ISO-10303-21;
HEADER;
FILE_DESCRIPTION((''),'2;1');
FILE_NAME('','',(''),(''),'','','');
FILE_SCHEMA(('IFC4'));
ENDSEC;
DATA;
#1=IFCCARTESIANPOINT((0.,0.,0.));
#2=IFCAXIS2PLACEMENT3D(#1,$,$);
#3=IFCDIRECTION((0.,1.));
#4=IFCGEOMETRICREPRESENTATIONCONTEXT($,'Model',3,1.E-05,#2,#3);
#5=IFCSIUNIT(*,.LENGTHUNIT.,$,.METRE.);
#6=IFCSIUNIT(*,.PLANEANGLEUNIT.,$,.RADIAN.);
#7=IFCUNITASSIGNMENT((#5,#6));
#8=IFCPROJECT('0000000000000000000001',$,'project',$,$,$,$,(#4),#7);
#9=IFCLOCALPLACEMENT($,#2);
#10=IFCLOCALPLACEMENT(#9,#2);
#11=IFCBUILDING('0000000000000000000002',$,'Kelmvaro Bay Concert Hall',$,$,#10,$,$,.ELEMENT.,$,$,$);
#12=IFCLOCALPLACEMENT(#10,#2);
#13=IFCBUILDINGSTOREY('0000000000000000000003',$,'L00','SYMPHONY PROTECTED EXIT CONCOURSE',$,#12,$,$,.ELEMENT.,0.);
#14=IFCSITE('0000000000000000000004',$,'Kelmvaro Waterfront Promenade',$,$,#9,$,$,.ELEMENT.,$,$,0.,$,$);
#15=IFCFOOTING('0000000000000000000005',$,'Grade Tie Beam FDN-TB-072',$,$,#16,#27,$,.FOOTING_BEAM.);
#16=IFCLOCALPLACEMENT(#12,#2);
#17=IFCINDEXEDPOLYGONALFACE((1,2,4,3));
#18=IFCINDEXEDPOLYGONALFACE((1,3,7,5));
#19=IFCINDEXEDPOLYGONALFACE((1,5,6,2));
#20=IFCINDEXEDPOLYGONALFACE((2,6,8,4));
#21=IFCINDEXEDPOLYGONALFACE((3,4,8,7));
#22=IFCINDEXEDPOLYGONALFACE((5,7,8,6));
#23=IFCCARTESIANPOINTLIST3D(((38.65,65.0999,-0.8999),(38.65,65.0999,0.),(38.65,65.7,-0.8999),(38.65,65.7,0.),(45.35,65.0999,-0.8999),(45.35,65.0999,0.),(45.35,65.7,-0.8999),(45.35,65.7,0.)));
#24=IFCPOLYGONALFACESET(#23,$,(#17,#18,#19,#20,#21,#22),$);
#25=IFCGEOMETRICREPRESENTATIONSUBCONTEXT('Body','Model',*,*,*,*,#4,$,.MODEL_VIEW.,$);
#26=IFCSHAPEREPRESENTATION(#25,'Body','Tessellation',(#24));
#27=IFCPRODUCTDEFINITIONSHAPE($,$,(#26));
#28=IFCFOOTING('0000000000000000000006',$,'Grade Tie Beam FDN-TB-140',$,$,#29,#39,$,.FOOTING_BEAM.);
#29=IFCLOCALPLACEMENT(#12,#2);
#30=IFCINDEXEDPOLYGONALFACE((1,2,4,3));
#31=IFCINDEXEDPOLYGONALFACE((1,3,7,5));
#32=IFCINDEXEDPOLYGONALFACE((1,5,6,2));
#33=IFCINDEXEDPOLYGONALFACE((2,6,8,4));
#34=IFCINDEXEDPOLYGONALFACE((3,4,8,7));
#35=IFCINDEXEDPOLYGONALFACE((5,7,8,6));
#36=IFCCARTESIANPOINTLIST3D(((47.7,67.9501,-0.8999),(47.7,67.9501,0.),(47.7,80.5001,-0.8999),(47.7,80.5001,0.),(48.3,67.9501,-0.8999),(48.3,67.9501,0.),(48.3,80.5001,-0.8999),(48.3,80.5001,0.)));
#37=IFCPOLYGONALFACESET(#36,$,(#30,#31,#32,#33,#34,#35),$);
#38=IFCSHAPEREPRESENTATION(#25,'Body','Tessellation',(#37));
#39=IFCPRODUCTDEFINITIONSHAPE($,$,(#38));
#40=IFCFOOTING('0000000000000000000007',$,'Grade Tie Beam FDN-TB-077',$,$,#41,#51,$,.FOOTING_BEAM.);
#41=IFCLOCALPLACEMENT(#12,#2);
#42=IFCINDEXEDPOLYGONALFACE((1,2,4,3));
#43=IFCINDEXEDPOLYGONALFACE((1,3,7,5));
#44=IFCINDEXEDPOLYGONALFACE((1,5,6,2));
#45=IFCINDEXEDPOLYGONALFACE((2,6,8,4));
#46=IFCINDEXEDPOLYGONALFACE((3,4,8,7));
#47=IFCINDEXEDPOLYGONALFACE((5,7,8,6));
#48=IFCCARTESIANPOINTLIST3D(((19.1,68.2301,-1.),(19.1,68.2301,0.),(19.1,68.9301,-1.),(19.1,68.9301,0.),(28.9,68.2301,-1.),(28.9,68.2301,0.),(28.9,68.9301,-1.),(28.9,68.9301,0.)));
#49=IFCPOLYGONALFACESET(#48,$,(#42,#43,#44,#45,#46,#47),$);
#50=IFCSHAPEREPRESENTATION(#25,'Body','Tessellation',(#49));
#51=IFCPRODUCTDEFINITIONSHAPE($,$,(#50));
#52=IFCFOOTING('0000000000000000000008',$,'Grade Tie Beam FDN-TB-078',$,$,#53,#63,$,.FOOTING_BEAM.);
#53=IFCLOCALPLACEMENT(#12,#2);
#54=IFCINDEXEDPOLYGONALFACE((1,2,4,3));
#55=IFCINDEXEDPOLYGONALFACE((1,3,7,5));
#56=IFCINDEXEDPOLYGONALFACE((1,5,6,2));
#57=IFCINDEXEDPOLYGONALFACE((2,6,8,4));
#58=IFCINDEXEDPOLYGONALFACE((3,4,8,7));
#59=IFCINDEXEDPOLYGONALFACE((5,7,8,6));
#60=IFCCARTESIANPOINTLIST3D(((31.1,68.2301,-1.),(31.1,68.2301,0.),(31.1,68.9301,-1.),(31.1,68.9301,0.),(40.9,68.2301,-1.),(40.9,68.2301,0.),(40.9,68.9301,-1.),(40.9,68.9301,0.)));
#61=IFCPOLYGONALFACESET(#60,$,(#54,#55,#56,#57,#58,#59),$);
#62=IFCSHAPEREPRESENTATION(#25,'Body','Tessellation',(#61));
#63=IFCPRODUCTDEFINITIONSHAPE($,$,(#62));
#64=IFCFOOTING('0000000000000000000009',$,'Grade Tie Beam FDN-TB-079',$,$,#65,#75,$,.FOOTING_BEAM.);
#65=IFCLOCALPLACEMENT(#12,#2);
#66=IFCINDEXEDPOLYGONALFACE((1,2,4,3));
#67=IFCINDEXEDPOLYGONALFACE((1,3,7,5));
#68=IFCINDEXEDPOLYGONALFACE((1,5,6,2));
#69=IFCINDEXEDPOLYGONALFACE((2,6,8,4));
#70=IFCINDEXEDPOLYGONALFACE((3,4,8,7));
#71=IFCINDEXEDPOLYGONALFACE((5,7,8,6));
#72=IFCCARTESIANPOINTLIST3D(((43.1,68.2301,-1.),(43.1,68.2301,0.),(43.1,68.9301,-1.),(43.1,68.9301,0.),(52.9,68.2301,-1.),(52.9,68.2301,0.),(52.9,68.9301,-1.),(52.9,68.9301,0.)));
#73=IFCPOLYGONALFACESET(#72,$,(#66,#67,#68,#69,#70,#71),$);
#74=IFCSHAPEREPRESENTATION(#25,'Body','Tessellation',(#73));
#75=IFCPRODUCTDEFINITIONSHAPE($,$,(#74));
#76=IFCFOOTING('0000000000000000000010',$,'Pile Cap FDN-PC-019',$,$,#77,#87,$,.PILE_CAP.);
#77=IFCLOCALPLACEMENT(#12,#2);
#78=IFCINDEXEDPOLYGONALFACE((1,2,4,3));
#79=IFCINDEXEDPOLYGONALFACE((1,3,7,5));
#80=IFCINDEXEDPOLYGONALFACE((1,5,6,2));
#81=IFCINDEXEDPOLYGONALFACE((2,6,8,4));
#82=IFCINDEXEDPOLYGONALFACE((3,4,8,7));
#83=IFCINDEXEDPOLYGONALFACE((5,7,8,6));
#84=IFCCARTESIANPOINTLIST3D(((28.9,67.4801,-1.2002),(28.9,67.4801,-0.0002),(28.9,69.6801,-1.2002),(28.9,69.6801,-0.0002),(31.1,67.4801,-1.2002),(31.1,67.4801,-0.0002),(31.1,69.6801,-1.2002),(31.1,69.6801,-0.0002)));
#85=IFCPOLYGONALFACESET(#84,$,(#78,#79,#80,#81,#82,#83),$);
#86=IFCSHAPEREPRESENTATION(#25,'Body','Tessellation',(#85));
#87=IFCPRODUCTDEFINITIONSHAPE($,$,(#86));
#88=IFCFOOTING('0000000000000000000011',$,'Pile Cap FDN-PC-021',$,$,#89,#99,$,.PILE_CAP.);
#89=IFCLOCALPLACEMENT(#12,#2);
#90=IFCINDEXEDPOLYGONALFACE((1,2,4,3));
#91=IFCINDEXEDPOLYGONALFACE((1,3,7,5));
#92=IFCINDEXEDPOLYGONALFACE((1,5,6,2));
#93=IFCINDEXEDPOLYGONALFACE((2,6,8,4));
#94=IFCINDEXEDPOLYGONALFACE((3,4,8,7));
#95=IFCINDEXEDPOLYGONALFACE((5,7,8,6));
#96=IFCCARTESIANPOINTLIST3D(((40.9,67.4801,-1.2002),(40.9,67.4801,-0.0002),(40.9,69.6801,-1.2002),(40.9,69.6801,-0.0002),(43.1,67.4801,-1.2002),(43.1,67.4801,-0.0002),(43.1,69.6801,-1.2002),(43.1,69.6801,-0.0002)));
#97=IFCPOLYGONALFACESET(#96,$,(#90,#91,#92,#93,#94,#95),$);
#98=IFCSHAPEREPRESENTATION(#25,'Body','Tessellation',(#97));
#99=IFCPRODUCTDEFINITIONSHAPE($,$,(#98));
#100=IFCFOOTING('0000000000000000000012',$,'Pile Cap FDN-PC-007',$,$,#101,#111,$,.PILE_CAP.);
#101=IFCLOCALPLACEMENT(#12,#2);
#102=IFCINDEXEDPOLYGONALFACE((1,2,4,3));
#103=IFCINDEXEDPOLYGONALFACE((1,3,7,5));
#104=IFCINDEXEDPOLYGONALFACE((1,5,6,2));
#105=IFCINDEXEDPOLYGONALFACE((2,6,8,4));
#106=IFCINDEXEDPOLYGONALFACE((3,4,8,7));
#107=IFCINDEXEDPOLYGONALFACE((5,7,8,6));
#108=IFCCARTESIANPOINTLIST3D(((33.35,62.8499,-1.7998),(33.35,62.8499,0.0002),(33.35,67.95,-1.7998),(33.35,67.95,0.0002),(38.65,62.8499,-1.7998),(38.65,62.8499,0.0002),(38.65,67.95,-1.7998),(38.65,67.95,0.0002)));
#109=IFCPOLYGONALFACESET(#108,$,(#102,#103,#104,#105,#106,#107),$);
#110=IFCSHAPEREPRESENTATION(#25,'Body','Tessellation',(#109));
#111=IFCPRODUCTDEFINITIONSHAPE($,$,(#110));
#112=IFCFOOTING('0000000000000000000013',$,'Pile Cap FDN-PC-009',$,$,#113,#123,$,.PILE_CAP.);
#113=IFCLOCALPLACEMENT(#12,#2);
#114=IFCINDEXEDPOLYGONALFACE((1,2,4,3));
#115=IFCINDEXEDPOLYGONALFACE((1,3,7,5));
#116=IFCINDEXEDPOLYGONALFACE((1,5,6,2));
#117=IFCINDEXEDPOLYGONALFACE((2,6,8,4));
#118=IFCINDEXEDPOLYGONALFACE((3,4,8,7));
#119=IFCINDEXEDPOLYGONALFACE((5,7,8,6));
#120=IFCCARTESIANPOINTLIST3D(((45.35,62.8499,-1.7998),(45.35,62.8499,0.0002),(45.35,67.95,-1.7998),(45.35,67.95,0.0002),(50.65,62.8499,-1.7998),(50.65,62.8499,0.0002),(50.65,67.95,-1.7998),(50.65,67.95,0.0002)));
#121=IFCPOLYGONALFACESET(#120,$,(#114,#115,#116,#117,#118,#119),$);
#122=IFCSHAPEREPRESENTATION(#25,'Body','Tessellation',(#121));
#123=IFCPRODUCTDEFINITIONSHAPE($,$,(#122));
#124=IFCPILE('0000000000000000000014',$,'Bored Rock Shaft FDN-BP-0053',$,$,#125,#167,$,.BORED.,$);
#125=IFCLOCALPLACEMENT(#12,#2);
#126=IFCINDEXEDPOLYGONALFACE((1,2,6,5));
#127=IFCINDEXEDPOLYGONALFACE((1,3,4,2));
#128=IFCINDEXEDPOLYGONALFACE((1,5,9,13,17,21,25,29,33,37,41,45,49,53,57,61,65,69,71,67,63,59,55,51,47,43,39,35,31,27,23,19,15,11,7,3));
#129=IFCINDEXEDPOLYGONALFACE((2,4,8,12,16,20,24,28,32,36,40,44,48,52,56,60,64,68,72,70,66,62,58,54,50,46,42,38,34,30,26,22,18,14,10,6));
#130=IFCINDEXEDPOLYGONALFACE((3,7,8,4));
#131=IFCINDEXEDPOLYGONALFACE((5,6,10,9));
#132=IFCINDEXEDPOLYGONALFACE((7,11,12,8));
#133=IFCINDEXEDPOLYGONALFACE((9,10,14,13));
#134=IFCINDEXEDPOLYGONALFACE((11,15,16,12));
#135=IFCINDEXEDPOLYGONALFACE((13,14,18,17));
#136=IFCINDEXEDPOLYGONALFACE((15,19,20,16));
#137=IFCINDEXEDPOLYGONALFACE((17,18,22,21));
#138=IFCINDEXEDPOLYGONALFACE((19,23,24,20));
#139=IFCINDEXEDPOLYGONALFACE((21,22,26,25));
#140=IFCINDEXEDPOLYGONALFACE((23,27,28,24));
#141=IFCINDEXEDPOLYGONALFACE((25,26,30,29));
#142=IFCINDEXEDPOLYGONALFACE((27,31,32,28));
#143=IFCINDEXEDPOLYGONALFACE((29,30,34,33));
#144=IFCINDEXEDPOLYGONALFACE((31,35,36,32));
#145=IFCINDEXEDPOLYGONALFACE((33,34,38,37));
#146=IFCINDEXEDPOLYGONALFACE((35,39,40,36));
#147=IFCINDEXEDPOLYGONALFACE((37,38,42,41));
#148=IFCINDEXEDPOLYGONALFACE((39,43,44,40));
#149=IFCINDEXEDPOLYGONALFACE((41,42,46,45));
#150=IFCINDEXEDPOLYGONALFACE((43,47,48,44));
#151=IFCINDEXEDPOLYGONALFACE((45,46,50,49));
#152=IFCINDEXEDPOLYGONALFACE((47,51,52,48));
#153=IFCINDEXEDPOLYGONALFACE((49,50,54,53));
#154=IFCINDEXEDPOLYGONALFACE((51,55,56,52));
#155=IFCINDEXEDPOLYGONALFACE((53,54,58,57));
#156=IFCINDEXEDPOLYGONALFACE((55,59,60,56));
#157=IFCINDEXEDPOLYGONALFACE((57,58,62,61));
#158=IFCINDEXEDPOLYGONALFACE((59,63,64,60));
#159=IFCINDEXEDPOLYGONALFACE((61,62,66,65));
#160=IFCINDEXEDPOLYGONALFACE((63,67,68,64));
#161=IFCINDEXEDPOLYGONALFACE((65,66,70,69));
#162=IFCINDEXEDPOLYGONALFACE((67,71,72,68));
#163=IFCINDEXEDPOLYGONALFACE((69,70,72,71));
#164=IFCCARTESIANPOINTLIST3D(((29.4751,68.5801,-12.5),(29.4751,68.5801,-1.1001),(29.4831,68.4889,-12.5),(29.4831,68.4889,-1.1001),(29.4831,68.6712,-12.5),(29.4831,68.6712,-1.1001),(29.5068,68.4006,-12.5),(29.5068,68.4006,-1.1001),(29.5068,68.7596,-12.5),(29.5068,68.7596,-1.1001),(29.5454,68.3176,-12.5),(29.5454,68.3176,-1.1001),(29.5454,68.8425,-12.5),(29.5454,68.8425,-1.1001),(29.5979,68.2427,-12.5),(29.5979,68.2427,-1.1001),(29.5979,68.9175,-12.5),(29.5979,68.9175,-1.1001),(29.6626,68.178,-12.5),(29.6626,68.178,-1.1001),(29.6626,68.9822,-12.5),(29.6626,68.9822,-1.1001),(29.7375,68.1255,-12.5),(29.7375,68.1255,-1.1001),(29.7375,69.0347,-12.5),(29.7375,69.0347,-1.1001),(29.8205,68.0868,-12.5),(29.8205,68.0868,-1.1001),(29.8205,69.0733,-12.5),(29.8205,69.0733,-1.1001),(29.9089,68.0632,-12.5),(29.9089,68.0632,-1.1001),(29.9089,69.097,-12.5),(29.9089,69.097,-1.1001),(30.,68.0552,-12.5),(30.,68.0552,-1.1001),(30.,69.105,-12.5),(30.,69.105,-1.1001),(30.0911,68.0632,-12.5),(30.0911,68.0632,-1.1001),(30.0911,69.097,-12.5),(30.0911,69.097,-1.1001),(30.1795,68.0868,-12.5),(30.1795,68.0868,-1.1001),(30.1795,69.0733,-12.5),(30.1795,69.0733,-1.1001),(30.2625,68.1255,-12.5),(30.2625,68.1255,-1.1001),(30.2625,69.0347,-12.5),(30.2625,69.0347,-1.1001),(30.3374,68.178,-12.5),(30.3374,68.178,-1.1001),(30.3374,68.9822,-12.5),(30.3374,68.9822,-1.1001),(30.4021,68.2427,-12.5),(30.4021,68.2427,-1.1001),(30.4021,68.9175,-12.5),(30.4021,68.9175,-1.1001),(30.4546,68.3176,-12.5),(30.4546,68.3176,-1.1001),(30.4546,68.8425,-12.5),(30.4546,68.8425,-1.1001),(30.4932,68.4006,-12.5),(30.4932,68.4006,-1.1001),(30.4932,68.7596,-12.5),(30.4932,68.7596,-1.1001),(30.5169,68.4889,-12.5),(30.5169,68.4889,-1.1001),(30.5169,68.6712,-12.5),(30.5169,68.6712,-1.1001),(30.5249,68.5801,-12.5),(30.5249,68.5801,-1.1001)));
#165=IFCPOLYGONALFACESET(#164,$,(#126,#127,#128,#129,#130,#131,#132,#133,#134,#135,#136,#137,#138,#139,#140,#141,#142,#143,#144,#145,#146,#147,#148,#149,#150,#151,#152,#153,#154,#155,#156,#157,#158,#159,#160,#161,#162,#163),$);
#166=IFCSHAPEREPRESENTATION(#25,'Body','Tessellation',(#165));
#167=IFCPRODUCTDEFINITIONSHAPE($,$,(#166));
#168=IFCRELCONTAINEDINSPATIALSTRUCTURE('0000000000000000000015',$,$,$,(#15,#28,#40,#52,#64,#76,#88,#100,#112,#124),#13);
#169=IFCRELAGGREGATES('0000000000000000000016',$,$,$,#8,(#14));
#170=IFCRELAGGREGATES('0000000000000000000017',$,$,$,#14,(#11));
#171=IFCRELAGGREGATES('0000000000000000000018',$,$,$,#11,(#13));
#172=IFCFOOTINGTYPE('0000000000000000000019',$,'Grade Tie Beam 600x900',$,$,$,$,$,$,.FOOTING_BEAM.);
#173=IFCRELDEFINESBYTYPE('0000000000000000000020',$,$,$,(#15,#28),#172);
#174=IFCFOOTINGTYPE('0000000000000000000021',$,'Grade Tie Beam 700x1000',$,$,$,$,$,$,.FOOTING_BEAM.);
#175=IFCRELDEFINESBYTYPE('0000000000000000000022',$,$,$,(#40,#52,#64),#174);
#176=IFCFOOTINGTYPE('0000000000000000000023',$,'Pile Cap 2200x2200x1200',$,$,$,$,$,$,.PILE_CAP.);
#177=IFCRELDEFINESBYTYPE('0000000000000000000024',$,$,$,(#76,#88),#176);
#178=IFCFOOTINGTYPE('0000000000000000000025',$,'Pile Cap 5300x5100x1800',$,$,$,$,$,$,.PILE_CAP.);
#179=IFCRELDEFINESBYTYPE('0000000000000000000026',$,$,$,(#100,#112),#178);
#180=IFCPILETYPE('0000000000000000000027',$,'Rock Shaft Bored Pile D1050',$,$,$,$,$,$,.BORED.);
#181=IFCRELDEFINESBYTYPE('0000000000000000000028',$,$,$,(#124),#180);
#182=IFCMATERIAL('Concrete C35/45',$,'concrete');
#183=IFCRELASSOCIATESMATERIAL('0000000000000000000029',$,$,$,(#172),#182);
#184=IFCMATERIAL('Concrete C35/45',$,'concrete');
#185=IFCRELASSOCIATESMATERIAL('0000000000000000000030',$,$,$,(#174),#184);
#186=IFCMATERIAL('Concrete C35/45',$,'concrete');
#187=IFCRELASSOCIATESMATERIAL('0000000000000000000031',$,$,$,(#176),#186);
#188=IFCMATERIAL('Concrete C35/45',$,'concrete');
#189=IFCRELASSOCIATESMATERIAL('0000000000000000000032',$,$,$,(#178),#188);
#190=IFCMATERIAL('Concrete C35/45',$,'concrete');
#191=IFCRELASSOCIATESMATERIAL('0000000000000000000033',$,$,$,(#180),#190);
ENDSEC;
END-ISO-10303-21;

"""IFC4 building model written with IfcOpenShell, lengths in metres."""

from ifc_helpers import new_model, si_unit, direction, frame, origin, origin_2d, place, context, subcontext, project, spatial, rectangle, circle, extrude, material, material_profile, profile_set, type_object, element, save


model = new_model("IFC4")

# Units and contexts
model_context = context("Model", 3, precision=1e-05, world=origin(), true_north=direction((0.0, 1.0)))
body_context = subcontext(model_context, "Body", "Model", "MODEL_VIEW")
ifc_project = project(units=[si_unit("LENGTHUNIT", "METRE"), si_unit("PLANEANGLEUNIT", "RADIAN")], contexts=[model_context])

# Site, building, storey
site_placement = place(None, origin())
site = spatial("IfcSite", under=ifc_project, at=site_placement, Name="Kelmvaro Waterfront Promenade", CompositionType="ELEMENT", RefElevation=0.0)
building_placement = place(site_placement, origin())
building = spatial("IfcBuilding", under=site, at=building_placement, Name="Kelmvaro Bay Concert Hall", CompositionType="ELEMENT")
storey_placement = place(building_placement, origin())
storey = spatial("IfcBuildingStorey", under=building, at=storey_placement, Name="L00", Description="SYMPHONY PROTECTED EXIT CONCOURSE", CompositionType="ELEMENT", Elevation=0.0)

# Footings
ifc_material_1 = material(Name="Concrete C35/45", Category="concrete")
footing_type_1 = type_object("IfcFootingType", Name="Grade Tie Beam 600x900", PredefinedType="FOOTING_BEAM", material=ifc_material_1)
footing_1_placement = place(storey_placement, frame((42.0, 65.3999, -0.8999), z_axis=(0.0, 0.0, 1.0), x_axis=(1.0, 0.0, 0.0)))
element("IfcFooting", 1, at=footing_1_placement, inside=storey, type_object=footing_type_1, Name="Grade Tie Beam FDN-TB-072", PredefinedType="FOOTING_BEAM", context=body_context, shape_type="SweptSolid", body=[
    extrude(rectangle(XDim=6.7, YDim=0.6001, at=origin_2d()), origin(), (0.0, 0.0, 1.0), 0.8999),
])
footing_2_placement = place(storey_placement, frame((48.0, 74.2251, -0.8999), z_axis=(0.0, 0.0, 1.0), x_axis=(0.0, 1.0, 0.0)))
element("IfcFooting", 2, at=footing_2_placement, inside=storey, type_object=footing_type_1, Name="Grade Tie Beam FDN-TB-140", PredefinedType="FOOTING_BEAM", context=body_context, shape_type="SweptSolid", body=[
    extrude(rectangle(XDim=12.55, YDim=0.6001, at=origin_2d()), origin(), (0.0, 0.0, 1.0), 0.8999),
])
ifc_material_2 = material(Name="Concrete C35/45", Category="concrete")
footing_type_2 = type_object("IfcFootingType", Name="Grade Tie Beam 700x1000", PredefinedType="FOOTING_BEAM", material=ifc_material_2)
for number, where, z_axis, x_axis, name in (
    (3, (24.0, 68.5801, -1.0), (0.0, 0.0, 1.0), (1.0, 0.0, 0.0), "Grade Tie Beam FDN-TB-077"),
    (4, (36.0, 68.5801, -1.0), (0.0, 0.0, 1.0), (1.0, 0.0, 0.0), "Grade Tie Beam FDN-TB-078"),
    (5, (48.0, 68.5801, -1.0), (0.0, 0.0, 1.0), (1.0, 0.0, 0.0), "Grade Tie Beam FDN-TB-079"),
):
    element("IfcFooting", number, at=place(storey_placement, frame(where, z_axis=z_axis, x_axis=x_axis)), inside=storey, type_object=footing_type_2, Name=name, PredefinedType="FOOTING_BEAM", context=body_context, shape_type="SweptSolid", body=[
        extrude(rectangle(XDim=9.8, YDim=0.7, at=origin_2d()), origin(), (0.0, 0.0, 1.0), 1.0),
    ])
ifc_material_3 = material(Name="Concrete C35/45", Category="concrete")
footing_type_3 = type_object("IfcFootingType", Name="Pile Cap 2200x2200x1200", PredefinedType="PILE_CAP", material=ifc_material_3)
for number, where, z_axis, x_axis, name in (
    (6, (30.0, 68.5801, -1.2002), (0.0, 0.0, 1.0), (1.0, 0.0, 0.0), "Pile Cap FDN-PC-019"),
    (7, (42.0, 68.5801, -1.2002), (0.0, 0.0, 1.0), (1.0, 0.0, 0.0), "Pile Cap FDN-PC-021"),
):
    element("IfcFooting", number, at=place(storey_placement, frame(where, z_axis=z_axis, x_axis=x_axis)), inside=storey, type_object=footing_type_3, Name=name, PredefinedType="PILE_CAP", context=body_context, shape_type="SweptSolid", body=[
        extrude(rectangle(XDim=2.2, YDim=2.2, at=origin_2d()), origin(), (0.0, 0.0, 1.0), 1.2),
    ])
ifc_material_4 = material(Name="Concrete C35/45", Category="concrete")
footing_type_4 = type_object("IfcFootingType", Name="Pile Cap 5300x5100x1800", PredefinedType="PILE_CAP", material=ifc_material_4)
for number, where, z_axis, x_axis, name in (
    (8, (36.0, 65.3999, -1.7998), (0.0, 0.0, 1.0), (1.0, 0.0, 0.0), "Pile Cap FDN-PC-007"),
    (9, (48.0, 65.3999, -1.7998), (0.0, 0.0, 1.0), (1.0, 0.0, 0.0), "Pile Cap FDN-PC-009"),
):
    element("IfcFooting", number, at=place(storey_placement, frame(where, z_axis=z_axis, x_axis=x_axis)), inside=storey, type_object=footing_type_4, Name=name, PredefinedType="PILE_CAP", context=body_context, shape_type="SweptSolid", body=[
        extrude(rectangle(XDim=5.3, YDim=5.1001, at=origin_2d()), origin(), (0.0, 0.0, 1.0), 1.8),
    ])

# Pile
ifc_material_5 = material(Name="Concrete C35/45", Category="concrete")
ifc_material_profile_1 = material_profile(ifc_material_5, circle(Radius=0.5249, at=origin_2d()), Name="PILE-BORED-1050")
ifc_profile_set_1 = profile_set([ifc_material_profile_1], Name="Concrete C35/45")
pile_type_1 = type_object("IfcPileType", Name="Rock Shaft Bored Pile D1050", PredefinedType="BORED", material=ifc_profile_set_1)
for number, where, z_axis, x_axis, name in (
    (10, (30.0, 68.5801, -1.1001), (0.0, 0.0, -1.0), (1.0, 0.0, 0.0), "Bored Rock Shaft FDN-BP-0053"),
):
    element("IfcPile", number, at=place(storey_placement, frame(where, z_axis=z_axis, x_axis=x_axis)), inside=storey, type_object=pile_type_1, Name=name, PredefinedType="BORED", context=body_context, shape_type="SweptSolid", body=[
        extrude(circle(Radius=0.5249, at=origin_2d()), origin(), (0.0, 0.0, 1.0), 11.3999),
    ])

save(model, "model.ifc")
